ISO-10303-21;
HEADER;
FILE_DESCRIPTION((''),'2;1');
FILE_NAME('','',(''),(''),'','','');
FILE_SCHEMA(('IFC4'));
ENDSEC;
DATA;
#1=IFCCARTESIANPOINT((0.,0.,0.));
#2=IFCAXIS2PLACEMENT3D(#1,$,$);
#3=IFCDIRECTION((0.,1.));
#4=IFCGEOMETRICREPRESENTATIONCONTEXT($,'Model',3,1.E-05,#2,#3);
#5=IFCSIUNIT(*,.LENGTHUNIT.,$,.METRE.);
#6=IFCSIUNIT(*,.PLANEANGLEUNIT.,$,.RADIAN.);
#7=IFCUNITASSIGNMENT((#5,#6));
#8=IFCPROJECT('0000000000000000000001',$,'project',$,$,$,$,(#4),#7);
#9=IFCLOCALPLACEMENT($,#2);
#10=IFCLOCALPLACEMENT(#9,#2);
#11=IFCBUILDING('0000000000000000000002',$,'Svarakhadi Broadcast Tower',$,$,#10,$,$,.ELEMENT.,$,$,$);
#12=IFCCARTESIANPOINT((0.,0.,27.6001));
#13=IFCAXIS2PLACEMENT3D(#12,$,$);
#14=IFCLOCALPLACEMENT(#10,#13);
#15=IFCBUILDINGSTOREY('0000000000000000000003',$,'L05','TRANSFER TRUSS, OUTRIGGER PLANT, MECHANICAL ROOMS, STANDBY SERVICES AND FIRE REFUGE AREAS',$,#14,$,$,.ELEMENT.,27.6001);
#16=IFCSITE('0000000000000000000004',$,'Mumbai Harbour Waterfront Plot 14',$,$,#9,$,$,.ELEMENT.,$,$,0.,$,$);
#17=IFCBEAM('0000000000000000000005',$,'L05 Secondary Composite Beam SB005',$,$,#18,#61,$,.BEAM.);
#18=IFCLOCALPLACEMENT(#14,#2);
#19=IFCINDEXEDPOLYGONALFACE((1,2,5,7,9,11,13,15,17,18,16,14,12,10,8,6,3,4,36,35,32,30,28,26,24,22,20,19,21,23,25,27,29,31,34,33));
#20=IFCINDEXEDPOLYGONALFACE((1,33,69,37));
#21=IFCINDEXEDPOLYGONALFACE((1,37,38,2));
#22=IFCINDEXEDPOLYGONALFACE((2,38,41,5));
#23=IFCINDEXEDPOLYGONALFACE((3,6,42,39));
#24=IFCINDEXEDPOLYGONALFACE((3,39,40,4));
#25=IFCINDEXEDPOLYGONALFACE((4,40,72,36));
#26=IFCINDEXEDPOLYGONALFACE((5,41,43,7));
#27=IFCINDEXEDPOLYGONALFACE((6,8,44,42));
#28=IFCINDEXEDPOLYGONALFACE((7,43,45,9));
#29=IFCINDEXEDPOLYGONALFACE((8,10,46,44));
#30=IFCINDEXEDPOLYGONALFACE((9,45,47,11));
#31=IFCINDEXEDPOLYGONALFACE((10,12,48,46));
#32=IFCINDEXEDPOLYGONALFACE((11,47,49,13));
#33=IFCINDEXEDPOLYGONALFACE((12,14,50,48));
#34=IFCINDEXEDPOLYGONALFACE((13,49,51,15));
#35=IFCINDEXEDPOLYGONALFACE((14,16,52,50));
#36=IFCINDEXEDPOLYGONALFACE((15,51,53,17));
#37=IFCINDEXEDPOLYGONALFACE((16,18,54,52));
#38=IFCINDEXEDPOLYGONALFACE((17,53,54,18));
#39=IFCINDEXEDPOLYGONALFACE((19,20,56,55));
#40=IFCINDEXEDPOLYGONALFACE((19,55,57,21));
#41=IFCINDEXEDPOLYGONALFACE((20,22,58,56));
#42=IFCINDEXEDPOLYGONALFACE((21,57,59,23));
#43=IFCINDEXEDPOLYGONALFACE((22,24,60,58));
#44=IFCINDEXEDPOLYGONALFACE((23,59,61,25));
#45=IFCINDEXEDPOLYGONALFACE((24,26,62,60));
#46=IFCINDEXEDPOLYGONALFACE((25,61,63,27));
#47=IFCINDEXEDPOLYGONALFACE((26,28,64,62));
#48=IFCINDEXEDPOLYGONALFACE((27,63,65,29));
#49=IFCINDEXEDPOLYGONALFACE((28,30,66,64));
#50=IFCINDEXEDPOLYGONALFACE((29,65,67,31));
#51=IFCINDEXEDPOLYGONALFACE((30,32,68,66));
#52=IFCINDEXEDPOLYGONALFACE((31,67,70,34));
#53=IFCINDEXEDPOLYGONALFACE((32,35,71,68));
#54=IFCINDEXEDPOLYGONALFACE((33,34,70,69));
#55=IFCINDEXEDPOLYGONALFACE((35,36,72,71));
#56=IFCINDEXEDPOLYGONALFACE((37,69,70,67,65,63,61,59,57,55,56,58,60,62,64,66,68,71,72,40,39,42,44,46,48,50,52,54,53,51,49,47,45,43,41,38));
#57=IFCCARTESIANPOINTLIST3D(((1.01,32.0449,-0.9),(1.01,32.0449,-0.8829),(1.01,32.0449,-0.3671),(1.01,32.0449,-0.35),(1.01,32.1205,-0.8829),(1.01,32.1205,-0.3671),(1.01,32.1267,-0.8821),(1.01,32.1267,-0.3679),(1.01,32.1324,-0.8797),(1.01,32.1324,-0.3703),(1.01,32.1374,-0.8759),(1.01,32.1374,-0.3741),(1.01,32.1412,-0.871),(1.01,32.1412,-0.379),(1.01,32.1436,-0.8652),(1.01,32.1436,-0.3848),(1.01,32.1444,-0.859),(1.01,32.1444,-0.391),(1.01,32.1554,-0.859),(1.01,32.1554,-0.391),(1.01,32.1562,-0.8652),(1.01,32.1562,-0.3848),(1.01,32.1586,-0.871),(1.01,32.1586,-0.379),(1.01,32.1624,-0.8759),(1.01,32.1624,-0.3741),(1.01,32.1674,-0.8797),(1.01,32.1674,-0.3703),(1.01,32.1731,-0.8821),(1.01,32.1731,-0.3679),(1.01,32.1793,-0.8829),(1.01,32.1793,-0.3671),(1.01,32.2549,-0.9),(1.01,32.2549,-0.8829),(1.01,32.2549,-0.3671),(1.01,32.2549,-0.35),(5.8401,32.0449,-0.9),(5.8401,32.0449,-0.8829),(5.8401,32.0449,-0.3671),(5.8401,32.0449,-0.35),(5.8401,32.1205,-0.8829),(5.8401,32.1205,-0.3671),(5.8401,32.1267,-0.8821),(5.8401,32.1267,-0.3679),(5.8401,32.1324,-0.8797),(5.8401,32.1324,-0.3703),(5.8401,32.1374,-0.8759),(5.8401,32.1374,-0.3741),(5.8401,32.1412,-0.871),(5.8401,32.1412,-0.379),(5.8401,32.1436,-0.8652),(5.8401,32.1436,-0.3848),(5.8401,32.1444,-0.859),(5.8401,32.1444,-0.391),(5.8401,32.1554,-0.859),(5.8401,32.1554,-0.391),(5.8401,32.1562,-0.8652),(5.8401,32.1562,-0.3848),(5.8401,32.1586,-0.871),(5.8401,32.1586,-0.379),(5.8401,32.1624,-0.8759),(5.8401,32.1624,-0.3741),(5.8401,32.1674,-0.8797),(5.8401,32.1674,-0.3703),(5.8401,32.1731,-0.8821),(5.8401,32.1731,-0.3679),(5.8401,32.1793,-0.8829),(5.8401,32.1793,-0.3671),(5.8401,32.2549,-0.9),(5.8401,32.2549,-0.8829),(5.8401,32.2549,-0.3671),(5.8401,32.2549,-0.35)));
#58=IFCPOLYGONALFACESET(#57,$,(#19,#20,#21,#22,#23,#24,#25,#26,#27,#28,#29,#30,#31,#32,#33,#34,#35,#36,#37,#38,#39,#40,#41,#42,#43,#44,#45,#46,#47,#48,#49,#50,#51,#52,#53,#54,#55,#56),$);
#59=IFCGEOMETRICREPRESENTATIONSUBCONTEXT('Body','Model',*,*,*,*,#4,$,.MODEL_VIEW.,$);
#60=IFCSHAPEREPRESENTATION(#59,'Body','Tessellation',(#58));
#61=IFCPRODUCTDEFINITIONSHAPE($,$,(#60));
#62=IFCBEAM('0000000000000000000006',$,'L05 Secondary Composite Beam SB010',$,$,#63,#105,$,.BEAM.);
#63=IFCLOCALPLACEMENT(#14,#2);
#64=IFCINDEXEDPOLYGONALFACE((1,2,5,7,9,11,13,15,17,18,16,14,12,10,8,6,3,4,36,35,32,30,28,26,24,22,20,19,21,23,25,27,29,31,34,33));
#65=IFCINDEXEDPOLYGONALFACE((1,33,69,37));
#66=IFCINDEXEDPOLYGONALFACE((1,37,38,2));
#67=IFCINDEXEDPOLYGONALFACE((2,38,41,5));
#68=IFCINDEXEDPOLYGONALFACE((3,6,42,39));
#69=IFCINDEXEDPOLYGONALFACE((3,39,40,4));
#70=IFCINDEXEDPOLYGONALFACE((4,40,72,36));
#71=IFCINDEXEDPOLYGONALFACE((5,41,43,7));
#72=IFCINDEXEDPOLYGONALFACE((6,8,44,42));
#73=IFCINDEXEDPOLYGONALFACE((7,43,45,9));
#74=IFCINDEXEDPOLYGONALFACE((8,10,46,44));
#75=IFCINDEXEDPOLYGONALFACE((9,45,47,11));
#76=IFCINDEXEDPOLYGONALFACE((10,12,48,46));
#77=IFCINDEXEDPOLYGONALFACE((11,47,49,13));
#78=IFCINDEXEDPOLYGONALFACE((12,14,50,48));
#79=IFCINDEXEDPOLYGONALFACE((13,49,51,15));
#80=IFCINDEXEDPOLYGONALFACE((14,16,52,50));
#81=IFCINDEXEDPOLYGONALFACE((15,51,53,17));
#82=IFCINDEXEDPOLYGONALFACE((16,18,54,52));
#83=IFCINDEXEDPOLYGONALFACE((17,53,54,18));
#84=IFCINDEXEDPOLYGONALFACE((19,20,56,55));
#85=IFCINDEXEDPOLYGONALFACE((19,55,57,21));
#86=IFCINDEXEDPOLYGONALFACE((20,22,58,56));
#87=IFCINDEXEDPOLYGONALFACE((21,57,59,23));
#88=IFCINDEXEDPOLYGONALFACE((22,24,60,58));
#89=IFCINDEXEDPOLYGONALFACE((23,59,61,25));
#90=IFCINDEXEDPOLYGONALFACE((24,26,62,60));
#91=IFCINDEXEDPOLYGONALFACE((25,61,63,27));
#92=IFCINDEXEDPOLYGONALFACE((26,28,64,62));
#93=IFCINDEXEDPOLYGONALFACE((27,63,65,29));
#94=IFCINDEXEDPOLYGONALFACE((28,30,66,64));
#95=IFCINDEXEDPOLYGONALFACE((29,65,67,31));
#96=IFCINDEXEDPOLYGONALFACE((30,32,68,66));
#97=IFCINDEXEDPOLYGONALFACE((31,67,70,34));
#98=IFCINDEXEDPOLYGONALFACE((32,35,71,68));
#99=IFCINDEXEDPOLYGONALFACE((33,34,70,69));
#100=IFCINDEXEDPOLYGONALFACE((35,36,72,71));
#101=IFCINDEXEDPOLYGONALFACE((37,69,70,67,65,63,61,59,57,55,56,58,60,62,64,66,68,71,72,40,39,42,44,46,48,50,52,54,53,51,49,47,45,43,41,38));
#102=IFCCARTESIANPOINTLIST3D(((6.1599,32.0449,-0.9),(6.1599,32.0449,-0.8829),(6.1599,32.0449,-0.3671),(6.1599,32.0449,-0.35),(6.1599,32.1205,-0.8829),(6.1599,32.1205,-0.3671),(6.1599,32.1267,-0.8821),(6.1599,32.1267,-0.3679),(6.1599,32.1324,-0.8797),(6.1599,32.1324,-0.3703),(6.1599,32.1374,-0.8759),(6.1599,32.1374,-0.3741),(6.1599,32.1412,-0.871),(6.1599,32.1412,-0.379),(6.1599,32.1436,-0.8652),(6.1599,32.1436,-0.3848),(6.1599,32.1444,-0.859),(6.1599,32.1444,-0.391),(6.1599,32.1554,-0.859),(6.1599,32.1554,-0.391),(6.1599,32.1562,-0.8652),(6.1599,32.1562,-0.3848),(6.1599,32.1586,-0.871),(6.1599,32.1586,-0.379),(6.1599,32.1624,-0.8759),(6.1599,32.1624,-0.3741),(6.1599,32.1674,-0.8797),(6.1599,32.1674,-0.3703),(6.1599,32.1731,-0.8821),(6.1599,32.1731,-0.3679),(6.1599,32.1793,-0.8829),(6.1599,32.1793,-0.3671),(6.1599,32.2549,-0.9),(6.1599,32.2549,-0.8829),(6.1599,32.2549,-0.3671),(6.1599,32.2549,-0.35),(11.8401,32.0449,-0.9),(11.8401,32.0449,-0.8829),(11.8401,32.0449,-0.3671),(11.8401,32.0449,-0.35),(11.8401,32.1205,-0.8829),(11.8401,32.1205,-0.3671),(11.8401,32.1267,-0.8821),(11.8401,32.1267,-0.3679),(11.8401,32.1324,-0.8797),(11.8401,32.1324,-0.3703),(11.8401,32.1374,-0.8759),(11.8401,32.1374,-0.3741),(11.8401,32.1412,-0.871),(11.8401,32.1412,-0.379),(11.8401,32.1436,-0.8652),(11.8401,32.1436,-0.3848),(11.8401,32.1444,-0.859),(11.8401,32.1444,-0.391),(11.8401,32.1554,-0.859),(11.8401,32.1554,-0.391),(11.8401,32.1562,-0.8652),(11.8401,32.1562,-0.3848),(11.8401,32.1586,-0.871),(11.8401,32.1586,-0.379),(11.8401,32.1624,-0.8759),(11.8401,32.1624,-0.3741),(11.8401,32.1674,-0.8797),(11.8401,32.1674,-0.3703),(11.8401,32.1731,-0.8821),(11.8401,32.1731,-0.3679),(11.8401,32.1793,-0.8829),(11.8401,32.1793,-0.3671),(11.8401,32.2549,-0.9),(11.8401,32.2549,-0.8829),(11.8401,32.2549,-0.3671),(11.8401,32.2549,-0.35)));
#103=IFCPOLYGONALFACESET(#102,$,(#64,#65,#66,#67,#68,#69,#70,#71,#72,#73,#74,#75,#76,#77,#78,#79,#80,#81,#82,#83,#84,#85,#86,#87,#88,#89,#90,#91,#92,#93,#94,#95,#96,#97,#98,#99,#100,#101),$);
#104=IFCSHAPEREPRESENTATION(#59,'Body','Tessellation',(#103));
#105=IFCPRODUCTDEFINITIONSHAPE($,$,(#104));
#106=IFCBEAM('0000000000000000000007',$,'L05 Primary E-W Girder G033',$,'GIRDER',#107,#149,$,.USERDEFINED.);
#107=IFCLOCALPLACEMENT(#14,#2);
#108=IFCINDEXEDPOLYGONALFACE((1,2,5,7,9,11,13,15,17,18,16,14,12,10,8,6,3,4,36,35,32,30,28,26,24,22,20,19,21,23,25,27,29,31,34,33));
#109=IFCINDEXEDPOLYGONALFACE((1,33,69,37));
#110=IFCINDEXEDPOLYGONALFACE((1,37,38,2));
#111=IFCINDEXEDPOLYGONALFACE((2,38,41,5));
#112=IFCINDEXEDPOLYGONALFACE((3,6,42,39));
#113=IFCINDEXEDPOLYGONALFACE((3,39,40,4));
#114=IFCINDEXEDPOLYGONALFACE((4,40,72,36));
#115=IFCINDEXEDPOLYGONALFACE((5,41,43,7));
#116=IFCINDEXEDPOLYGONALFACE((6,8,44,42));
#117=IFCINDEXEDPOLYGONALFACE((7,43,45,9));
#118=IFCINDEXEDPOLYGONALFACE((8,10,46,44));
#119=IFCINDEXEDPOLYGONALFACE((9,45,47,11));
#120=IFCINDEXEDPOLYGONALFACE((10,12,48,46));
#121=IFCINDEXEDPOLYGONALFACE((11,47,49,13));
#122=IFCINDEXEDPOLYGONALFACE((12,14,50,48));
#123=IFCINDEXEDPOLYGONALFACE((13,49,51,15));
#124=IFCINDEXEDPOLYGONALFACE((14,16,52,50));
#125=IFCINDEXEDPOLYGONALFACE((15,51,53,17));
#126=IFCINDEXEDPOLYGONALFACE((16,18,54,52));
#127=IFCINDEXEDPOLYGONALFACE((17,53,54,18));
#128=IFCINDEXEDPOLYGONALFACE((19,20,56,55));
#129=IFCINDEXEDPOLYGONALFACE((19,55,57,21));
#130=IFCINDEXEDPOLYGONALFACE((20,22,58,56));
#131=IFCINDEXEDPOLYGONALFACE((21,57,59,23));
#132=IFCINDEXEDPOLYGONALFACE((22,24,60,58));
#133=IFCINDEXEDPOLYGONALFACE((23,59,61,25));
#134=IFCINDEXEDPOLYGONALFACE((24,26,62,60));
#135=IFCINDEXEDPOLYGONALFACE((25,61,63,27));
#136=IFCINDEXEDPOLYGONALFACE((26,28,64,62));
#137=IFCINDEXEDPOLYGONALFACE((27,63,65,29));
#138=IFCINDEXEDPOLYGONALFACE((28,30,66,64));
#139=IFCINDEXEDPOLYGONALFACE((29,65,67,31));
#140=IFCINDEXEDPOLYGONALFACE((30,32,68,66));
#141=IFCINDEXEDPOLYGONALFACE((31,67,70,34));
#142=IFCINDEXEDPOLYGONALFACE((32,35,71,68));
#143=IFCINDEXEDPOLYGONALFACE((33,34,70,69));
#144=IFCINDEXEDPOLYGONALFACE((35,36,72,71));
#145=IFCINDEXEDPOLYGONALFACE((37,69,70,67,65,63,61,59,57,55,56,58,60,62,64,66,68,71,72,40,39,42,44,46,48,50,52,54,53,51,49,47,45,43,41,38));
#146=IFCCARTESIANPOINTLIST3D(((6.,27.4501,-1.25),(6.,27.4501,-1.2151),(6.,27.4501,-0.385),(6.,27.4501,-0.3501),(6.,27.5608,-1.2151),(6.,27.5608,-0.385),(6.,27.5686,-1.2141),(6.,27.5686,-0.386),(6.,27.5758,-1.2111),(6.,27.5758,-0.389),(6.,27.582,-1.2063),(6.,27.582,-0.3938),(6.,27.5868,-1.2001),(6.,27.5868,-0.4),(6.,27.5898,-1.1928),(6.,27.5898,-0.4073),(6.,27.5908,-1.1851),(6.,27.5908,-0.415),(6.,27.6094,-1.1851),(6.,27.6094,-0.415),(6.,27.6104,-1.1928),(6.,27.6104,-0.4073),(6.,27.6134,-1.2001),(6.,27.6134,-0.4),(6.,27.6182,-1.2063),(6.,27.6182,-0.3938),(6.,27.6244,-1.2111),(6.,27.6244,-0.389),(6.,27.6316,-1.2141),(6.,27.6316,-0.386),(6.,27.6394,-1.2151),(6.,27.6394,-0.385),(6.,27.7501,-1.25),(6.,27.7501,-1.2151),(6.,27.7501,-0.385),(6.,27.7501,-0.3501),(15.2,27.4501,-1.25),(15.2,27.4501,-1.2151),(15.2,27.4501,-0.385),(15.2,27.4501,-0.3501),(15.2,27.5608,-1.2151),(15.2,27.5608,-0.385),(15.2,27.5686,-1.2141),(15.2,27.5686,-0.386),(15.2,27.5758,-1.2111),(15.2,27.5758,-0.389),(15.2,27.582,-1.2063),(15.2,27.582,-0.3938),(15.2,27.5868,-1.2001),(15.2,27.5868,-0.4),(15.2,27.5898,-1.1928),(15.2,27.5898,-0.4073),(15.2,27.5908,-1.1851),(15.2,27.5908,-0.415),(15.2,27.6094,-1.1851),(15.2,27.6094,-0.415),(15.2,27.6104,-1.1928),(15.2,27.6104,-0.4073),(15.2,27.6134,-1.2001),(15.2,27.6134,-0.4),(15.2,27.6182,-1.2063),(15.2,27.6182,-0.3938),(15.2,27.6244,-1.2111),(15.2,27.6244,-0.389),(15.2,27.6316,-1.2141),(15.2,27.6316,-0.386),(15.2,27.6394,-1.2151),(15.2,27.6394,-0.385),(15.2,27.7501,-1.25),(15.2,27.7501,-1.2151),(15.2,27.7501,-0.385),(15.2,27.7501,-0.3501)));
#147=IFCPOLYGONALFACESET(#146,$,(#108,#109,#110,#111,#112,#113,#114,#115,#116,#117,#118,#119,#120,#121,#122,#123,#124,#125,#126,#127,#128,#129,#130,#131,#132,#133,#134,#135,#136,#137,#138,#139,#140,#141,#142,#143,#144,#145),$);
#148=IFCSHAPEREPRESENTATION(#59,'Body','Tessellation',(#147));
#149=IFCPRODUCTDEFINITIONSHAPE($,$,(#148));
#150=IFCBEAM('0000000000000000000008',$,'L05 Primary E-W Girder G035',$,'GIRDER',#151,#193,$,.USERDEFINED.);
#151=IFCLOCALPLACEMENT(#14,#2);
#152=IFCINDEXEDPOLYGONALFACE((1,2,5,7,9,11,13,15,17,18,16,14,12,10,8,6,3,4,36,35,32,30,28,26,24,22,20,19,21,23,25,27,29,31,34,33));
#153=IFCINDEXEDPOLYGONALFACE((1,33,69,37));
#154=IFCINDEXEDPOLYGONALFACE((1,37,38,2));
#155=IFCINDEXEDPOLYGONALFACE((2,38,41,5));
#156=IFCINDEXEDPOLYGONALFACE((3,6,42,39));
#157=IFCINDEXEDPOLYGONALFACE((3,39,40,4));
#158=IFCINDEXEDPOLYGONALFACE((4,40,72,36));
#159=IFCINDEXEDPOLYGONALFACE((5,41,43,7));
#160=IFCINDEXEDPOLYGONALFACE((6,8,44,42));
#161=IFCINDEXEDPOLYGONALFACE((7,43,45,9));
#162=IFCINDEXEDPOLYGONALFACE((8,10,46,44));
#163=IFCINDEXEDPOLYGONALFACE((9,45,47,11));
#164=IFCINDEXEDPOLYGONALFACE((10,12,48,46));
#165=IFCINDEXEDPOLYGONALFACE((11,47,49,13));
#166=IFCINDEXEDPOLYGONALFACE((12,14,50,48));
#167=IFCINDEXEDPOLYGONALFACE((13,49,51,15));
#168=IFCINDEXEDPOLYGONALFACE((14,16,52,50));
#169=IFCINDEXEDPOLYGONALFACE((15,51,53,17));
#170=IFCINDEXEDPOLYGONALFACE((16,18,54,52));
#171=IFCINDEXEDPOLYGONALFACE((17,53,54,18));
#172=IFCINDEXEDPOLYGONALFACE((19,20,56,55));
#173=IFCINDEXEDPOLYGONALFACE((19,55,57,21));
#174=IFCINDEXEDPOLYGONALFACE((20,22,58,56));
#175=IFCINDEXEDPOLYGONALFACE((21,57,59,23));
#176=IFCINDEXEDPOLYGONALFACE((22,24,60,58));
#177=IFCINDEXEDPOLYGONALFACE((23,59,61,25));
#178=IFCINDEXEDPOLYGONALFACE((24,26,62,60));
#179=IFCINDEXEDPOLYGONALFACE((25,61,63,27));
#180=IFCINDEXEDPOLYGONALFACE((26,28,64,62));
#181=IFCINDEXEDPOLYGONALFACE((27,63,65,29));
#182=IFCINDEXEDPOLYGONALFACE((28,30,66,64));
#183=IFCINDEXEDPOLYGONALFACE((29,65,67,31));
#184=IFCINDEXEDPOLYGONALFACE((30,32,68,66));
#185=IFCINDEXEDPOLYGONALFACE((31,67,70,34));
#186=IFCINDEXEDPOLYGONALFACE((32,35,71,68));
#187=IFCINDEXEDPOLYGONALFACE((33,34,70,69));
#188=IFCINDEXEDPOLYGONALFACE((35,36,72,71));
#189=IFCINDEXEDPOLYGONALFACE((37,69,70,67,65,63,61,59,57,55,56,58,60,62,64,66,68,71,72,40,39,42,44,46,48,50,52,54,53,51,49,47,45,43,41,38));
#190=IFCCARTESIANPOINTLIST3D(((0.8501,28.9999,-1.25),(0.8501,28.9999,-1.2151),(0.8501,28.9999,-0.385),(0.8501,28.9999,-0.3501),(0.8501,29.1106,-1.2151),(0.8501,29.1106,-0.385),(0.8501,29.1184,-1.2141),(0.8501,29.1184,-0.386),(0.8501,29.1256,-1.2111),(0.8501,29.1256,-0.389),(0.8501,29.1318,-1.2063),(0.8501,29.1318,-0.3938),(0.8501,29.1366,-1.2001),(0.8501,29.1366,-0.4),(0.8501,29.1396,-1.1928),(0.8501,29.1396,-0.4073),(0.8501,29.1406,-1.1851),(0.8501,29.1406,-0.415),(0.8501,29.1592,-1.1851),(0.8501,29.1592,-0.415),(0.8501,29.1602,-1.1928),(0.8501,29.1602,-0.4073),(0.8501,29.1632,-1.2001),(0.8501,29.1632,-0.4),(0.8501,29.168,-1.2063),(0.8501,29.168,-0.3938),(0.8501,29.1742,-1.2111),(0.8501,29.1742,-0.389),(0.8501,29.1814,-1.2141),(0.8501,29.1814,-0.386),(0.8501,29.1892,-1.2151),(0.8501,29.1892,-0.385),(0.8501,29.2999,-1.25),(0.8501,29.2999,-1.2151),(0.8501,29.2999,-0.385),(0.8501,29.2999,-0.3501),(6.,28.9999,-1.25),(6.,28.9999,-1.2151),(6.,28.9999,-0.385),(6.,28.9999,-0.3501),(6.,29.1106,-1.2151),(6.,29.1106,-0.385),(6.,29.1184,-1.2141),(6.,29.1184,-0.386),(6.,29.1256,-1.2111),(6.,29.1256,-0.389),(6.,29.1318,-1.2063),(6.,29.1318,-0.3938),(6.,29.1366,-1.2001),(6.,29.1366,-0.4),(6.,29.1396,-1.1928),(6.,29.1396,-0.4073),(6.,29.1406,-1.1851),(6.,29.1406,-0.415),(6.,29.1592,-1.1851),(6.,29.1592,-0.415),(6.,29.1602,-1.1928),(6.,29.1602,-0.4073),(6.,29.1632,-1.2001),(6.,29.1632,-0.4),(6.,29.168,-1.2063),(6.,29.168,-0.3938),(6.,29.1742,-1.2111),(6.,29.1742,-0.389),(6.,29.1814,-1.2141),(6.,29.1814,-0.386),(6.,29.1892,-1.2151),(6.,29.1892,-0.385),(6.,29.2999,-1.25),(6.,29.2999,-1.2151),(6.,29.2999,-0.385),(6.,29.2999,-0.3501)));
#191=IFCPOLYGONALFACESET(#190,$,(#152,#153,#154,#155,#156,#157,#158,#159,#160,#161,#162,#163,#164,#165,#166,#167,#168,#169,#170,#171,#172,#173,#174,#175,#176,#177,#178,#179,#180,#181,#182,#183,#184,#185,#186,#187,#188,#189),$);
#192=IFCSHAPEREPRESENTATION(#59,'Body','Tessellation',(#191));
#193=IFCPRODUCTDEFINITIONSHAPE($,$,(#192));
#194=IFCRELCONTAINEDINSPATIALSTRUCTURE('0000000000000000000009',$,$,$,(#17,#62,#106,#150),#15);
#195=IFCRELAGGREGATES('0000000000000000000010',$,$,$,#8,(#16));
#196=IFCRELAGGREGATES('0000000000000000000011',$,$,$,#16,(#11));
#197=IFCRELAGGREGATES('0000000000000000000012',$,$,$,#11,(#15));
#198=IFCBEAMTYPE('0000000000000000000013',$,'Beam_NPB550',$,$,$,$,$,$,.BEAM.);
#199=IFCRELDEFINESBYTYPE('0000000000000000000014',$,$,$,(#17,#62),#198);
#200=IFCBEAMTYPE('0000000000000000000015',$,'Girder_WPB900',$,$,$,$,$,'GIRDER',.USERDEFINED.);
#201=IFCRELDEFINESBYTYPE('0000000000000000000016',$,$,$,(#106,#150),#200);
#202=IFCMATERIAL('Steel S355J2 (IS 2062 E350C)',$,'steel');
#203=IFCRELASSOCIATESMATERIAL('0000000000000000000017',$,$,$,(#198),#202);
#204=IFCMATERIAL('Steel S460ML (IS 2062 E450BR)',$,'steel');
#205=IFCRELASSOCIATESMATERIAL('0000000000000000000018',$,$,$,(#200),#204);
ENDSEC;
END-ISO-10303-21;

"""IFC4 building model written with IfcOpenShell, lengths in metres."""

from ifc_helpers import new_model, si_unit, direction, frame, origin, origin_2d, place, context, subcontext, project, spatial, i_section, extrude, material, material_profile, profile_set, type_object, element, save


model = new_model("IFC4")

# Units and contexts
model_context = context("Model", 3, precision=1e-05, world=origin(), true_north=direction((0.0, 1.0)))
body_context = subcontext(model_context, "Body", "Model", "MODEL_VIEW")
ifc_project = project(units=[si_unit("LENGTHUNIT", "METRE"), si_unit("PLANEANGLEUNIT", "RADIAN")], contexts=[model_context])

# Site, building, storey
site_placement = place(None, origin())
site = spatial("IfcSite", under=ifc_project, at=site_placement, Name="Mumbai Harbour Waterfront Plot 14", CompositionType="ELEMENT", RefElevation=0.0)
building_placement = place(site_placement, origin())
building = spatial("IfcBuilding", under=site, at=building_placement, Name="Svarakhadi Broadcast Tower", CompositionType="ELEMENT")
storey_placement = place(building_placement, frame((0.0, 0.0, 27.6001)))
storey = spatial("IfcBuildingStorey", under=building, at=storey_placement, Name="L05", Description="TRANSFER TRUSS, OUTRIGGER PLANT, MECHANICAL ROOMS, STANDBY SERVICES AND FIRE REFUGE AREAS", CompositionType="ELEMENT", Elevation=27.6001)

# Shared definitions
ifc_material_1 = material(Name="Steel S460ML (IS 2062 E450BR)", Category="steel")

# Beams
ifc_material_2 = material(Name="Steel S355J2 (IS 2062 E350C)", Category="steel")
ifc_material_profile_1 = material_profile(ifc_material_2, i_section(OverallWidth=0.21, OverallDepth=0.55, WebThickness=0.011, FlangeThickness=0.0171, FilletRadius=0.0239, at=origin_2d()), Name="NPB 550x210x106")
ifc_profile_set_1 = profile_set([ifc_material_profile_1], Name="Steel S355J2 (IS 2062 E350C)")
beam_type_1 = type_object("IfcBeamType", Name="Beam_NPB550", PredefinedType="BEAM", material=ifc_profile_set_1)
for number, where, z_axis, x_axis, name in (
    (1, (1.01, 32.1499, -0.625), (1.0, 0.0, 0.0), (0.0, 1.0, 0.0), "L05 Secondary Composite Beam SB005"),
):
    element("IfcBeam", number, at=place(storey_placement, frame(where, z_axis=z_axis, x_axis=x_axis)), inside=storey, type_object=beam_type_1, Name=name, PredefinedType="BEAM", context=body_context, shape_type="SweptSolid", body=[
        extrude(i_section(OverallWidth=0.21, OverallDepth=0.55, WebThickness=0.011, FlangeThickness=0.0171, FilletRadius=0.0239, at=origin_2d()), origin(), (0.0, 0.0, 1.0), 4.8301),
    ])
beam_1_placement = place(storey_placement, frame((6.1599, 32.1499, -0.625), z_axis=(1.0, 0.0, 0.0), x_axis=(0.0, 1.0, 0.0)))
element("IfcBeam", 2, at=beam_1_placement, inside=storey, type_object=beam_type_1, Name="L05 Secondary Composite Beam SB010", PredefinedType="BEAM", context=body_context, shape_type="SweptSolid", body=[
    extrude(i_section(OverallWidth=0.21, OverallDepth=0.55, WebThickness=0.011, FlangeThickness=0.0171, FilletRadius=0.0239, at=origin_2d()), origin(), (0.0, 0.0, 1.0), 5.6802),
])
ifc_material_profile_2 = material_profile(ifc_material_1, i_section(OverallWidth=0.3, OverallDepth=0.8999, WebThickness=0.0186, FlangeThickness=0.0349, FilletRadius=0.03, at=origin_2d()), Name="WPB 900x300x291")
ifc_profile_set_2 = profile_set([ifc_material_profile_2], Name="Steel S460ML (IS 2062 E450BR)")
beam_type_2 = type_object("IfcBeamType", Name="Girder_WPB900", ElementType="GIRDER", PredefinedType="USERDEFINED", material=ifc_profile_set_2)
beam_2_placement = place(storey_placement, frame((6.0, 27.6001, -0.8), z_axis=(1.0, 0.0, 0.0), x_axis=(0.0, 1.0, 0.0)))
element("IfcBeam", 3, at=beam_2_placement, inside=storey, type_object=beam_type_2, Name="L05 Primary E-W Girder G033", ObjectType="GIRDER", PredefinedType="USERDEFINED", context=body_context, shape_type="SweptSolid", body=[
    extrude(i_section(OverallWidth=0.3, OverallDepth=0.8999, WebThickness=0.0186, FlangeThickness=0.0349, FilletRadius=0.03, at=origin_2d()), origin(), (0.0, 0.0, 1.0), 9.2),
])
for number, where, z_axis, x_axis, name in (
    (4, (0.8501, 29.1499, -0.8), (1.0, 0.0, 0.0), (0.0, 1.0, 0.0), "L05 Primary E-W Girder G035"),
):
    element("IfcBeam", number, at=place(storey_placement, frame(where, z_axis=z_axis, x_axis=x_axis)), inside=storey, type_object=beam_type_2, Name=name, ObjectType="GIRDER", PredefinedType="USERDEFINED", context=body_context, shape_type="SweptSolid", body=[
        extrude(i_section(OverallWidth=0.3, OverallDepth=0.8999, WebThickness=0.0186, FlangeThickness=0.0349, FilletRadius=0.03, at=origin_2d()), origin(), (0.0, 0.0, 1.0), 5.1499),
    ])

save(model, "model.ifc")
